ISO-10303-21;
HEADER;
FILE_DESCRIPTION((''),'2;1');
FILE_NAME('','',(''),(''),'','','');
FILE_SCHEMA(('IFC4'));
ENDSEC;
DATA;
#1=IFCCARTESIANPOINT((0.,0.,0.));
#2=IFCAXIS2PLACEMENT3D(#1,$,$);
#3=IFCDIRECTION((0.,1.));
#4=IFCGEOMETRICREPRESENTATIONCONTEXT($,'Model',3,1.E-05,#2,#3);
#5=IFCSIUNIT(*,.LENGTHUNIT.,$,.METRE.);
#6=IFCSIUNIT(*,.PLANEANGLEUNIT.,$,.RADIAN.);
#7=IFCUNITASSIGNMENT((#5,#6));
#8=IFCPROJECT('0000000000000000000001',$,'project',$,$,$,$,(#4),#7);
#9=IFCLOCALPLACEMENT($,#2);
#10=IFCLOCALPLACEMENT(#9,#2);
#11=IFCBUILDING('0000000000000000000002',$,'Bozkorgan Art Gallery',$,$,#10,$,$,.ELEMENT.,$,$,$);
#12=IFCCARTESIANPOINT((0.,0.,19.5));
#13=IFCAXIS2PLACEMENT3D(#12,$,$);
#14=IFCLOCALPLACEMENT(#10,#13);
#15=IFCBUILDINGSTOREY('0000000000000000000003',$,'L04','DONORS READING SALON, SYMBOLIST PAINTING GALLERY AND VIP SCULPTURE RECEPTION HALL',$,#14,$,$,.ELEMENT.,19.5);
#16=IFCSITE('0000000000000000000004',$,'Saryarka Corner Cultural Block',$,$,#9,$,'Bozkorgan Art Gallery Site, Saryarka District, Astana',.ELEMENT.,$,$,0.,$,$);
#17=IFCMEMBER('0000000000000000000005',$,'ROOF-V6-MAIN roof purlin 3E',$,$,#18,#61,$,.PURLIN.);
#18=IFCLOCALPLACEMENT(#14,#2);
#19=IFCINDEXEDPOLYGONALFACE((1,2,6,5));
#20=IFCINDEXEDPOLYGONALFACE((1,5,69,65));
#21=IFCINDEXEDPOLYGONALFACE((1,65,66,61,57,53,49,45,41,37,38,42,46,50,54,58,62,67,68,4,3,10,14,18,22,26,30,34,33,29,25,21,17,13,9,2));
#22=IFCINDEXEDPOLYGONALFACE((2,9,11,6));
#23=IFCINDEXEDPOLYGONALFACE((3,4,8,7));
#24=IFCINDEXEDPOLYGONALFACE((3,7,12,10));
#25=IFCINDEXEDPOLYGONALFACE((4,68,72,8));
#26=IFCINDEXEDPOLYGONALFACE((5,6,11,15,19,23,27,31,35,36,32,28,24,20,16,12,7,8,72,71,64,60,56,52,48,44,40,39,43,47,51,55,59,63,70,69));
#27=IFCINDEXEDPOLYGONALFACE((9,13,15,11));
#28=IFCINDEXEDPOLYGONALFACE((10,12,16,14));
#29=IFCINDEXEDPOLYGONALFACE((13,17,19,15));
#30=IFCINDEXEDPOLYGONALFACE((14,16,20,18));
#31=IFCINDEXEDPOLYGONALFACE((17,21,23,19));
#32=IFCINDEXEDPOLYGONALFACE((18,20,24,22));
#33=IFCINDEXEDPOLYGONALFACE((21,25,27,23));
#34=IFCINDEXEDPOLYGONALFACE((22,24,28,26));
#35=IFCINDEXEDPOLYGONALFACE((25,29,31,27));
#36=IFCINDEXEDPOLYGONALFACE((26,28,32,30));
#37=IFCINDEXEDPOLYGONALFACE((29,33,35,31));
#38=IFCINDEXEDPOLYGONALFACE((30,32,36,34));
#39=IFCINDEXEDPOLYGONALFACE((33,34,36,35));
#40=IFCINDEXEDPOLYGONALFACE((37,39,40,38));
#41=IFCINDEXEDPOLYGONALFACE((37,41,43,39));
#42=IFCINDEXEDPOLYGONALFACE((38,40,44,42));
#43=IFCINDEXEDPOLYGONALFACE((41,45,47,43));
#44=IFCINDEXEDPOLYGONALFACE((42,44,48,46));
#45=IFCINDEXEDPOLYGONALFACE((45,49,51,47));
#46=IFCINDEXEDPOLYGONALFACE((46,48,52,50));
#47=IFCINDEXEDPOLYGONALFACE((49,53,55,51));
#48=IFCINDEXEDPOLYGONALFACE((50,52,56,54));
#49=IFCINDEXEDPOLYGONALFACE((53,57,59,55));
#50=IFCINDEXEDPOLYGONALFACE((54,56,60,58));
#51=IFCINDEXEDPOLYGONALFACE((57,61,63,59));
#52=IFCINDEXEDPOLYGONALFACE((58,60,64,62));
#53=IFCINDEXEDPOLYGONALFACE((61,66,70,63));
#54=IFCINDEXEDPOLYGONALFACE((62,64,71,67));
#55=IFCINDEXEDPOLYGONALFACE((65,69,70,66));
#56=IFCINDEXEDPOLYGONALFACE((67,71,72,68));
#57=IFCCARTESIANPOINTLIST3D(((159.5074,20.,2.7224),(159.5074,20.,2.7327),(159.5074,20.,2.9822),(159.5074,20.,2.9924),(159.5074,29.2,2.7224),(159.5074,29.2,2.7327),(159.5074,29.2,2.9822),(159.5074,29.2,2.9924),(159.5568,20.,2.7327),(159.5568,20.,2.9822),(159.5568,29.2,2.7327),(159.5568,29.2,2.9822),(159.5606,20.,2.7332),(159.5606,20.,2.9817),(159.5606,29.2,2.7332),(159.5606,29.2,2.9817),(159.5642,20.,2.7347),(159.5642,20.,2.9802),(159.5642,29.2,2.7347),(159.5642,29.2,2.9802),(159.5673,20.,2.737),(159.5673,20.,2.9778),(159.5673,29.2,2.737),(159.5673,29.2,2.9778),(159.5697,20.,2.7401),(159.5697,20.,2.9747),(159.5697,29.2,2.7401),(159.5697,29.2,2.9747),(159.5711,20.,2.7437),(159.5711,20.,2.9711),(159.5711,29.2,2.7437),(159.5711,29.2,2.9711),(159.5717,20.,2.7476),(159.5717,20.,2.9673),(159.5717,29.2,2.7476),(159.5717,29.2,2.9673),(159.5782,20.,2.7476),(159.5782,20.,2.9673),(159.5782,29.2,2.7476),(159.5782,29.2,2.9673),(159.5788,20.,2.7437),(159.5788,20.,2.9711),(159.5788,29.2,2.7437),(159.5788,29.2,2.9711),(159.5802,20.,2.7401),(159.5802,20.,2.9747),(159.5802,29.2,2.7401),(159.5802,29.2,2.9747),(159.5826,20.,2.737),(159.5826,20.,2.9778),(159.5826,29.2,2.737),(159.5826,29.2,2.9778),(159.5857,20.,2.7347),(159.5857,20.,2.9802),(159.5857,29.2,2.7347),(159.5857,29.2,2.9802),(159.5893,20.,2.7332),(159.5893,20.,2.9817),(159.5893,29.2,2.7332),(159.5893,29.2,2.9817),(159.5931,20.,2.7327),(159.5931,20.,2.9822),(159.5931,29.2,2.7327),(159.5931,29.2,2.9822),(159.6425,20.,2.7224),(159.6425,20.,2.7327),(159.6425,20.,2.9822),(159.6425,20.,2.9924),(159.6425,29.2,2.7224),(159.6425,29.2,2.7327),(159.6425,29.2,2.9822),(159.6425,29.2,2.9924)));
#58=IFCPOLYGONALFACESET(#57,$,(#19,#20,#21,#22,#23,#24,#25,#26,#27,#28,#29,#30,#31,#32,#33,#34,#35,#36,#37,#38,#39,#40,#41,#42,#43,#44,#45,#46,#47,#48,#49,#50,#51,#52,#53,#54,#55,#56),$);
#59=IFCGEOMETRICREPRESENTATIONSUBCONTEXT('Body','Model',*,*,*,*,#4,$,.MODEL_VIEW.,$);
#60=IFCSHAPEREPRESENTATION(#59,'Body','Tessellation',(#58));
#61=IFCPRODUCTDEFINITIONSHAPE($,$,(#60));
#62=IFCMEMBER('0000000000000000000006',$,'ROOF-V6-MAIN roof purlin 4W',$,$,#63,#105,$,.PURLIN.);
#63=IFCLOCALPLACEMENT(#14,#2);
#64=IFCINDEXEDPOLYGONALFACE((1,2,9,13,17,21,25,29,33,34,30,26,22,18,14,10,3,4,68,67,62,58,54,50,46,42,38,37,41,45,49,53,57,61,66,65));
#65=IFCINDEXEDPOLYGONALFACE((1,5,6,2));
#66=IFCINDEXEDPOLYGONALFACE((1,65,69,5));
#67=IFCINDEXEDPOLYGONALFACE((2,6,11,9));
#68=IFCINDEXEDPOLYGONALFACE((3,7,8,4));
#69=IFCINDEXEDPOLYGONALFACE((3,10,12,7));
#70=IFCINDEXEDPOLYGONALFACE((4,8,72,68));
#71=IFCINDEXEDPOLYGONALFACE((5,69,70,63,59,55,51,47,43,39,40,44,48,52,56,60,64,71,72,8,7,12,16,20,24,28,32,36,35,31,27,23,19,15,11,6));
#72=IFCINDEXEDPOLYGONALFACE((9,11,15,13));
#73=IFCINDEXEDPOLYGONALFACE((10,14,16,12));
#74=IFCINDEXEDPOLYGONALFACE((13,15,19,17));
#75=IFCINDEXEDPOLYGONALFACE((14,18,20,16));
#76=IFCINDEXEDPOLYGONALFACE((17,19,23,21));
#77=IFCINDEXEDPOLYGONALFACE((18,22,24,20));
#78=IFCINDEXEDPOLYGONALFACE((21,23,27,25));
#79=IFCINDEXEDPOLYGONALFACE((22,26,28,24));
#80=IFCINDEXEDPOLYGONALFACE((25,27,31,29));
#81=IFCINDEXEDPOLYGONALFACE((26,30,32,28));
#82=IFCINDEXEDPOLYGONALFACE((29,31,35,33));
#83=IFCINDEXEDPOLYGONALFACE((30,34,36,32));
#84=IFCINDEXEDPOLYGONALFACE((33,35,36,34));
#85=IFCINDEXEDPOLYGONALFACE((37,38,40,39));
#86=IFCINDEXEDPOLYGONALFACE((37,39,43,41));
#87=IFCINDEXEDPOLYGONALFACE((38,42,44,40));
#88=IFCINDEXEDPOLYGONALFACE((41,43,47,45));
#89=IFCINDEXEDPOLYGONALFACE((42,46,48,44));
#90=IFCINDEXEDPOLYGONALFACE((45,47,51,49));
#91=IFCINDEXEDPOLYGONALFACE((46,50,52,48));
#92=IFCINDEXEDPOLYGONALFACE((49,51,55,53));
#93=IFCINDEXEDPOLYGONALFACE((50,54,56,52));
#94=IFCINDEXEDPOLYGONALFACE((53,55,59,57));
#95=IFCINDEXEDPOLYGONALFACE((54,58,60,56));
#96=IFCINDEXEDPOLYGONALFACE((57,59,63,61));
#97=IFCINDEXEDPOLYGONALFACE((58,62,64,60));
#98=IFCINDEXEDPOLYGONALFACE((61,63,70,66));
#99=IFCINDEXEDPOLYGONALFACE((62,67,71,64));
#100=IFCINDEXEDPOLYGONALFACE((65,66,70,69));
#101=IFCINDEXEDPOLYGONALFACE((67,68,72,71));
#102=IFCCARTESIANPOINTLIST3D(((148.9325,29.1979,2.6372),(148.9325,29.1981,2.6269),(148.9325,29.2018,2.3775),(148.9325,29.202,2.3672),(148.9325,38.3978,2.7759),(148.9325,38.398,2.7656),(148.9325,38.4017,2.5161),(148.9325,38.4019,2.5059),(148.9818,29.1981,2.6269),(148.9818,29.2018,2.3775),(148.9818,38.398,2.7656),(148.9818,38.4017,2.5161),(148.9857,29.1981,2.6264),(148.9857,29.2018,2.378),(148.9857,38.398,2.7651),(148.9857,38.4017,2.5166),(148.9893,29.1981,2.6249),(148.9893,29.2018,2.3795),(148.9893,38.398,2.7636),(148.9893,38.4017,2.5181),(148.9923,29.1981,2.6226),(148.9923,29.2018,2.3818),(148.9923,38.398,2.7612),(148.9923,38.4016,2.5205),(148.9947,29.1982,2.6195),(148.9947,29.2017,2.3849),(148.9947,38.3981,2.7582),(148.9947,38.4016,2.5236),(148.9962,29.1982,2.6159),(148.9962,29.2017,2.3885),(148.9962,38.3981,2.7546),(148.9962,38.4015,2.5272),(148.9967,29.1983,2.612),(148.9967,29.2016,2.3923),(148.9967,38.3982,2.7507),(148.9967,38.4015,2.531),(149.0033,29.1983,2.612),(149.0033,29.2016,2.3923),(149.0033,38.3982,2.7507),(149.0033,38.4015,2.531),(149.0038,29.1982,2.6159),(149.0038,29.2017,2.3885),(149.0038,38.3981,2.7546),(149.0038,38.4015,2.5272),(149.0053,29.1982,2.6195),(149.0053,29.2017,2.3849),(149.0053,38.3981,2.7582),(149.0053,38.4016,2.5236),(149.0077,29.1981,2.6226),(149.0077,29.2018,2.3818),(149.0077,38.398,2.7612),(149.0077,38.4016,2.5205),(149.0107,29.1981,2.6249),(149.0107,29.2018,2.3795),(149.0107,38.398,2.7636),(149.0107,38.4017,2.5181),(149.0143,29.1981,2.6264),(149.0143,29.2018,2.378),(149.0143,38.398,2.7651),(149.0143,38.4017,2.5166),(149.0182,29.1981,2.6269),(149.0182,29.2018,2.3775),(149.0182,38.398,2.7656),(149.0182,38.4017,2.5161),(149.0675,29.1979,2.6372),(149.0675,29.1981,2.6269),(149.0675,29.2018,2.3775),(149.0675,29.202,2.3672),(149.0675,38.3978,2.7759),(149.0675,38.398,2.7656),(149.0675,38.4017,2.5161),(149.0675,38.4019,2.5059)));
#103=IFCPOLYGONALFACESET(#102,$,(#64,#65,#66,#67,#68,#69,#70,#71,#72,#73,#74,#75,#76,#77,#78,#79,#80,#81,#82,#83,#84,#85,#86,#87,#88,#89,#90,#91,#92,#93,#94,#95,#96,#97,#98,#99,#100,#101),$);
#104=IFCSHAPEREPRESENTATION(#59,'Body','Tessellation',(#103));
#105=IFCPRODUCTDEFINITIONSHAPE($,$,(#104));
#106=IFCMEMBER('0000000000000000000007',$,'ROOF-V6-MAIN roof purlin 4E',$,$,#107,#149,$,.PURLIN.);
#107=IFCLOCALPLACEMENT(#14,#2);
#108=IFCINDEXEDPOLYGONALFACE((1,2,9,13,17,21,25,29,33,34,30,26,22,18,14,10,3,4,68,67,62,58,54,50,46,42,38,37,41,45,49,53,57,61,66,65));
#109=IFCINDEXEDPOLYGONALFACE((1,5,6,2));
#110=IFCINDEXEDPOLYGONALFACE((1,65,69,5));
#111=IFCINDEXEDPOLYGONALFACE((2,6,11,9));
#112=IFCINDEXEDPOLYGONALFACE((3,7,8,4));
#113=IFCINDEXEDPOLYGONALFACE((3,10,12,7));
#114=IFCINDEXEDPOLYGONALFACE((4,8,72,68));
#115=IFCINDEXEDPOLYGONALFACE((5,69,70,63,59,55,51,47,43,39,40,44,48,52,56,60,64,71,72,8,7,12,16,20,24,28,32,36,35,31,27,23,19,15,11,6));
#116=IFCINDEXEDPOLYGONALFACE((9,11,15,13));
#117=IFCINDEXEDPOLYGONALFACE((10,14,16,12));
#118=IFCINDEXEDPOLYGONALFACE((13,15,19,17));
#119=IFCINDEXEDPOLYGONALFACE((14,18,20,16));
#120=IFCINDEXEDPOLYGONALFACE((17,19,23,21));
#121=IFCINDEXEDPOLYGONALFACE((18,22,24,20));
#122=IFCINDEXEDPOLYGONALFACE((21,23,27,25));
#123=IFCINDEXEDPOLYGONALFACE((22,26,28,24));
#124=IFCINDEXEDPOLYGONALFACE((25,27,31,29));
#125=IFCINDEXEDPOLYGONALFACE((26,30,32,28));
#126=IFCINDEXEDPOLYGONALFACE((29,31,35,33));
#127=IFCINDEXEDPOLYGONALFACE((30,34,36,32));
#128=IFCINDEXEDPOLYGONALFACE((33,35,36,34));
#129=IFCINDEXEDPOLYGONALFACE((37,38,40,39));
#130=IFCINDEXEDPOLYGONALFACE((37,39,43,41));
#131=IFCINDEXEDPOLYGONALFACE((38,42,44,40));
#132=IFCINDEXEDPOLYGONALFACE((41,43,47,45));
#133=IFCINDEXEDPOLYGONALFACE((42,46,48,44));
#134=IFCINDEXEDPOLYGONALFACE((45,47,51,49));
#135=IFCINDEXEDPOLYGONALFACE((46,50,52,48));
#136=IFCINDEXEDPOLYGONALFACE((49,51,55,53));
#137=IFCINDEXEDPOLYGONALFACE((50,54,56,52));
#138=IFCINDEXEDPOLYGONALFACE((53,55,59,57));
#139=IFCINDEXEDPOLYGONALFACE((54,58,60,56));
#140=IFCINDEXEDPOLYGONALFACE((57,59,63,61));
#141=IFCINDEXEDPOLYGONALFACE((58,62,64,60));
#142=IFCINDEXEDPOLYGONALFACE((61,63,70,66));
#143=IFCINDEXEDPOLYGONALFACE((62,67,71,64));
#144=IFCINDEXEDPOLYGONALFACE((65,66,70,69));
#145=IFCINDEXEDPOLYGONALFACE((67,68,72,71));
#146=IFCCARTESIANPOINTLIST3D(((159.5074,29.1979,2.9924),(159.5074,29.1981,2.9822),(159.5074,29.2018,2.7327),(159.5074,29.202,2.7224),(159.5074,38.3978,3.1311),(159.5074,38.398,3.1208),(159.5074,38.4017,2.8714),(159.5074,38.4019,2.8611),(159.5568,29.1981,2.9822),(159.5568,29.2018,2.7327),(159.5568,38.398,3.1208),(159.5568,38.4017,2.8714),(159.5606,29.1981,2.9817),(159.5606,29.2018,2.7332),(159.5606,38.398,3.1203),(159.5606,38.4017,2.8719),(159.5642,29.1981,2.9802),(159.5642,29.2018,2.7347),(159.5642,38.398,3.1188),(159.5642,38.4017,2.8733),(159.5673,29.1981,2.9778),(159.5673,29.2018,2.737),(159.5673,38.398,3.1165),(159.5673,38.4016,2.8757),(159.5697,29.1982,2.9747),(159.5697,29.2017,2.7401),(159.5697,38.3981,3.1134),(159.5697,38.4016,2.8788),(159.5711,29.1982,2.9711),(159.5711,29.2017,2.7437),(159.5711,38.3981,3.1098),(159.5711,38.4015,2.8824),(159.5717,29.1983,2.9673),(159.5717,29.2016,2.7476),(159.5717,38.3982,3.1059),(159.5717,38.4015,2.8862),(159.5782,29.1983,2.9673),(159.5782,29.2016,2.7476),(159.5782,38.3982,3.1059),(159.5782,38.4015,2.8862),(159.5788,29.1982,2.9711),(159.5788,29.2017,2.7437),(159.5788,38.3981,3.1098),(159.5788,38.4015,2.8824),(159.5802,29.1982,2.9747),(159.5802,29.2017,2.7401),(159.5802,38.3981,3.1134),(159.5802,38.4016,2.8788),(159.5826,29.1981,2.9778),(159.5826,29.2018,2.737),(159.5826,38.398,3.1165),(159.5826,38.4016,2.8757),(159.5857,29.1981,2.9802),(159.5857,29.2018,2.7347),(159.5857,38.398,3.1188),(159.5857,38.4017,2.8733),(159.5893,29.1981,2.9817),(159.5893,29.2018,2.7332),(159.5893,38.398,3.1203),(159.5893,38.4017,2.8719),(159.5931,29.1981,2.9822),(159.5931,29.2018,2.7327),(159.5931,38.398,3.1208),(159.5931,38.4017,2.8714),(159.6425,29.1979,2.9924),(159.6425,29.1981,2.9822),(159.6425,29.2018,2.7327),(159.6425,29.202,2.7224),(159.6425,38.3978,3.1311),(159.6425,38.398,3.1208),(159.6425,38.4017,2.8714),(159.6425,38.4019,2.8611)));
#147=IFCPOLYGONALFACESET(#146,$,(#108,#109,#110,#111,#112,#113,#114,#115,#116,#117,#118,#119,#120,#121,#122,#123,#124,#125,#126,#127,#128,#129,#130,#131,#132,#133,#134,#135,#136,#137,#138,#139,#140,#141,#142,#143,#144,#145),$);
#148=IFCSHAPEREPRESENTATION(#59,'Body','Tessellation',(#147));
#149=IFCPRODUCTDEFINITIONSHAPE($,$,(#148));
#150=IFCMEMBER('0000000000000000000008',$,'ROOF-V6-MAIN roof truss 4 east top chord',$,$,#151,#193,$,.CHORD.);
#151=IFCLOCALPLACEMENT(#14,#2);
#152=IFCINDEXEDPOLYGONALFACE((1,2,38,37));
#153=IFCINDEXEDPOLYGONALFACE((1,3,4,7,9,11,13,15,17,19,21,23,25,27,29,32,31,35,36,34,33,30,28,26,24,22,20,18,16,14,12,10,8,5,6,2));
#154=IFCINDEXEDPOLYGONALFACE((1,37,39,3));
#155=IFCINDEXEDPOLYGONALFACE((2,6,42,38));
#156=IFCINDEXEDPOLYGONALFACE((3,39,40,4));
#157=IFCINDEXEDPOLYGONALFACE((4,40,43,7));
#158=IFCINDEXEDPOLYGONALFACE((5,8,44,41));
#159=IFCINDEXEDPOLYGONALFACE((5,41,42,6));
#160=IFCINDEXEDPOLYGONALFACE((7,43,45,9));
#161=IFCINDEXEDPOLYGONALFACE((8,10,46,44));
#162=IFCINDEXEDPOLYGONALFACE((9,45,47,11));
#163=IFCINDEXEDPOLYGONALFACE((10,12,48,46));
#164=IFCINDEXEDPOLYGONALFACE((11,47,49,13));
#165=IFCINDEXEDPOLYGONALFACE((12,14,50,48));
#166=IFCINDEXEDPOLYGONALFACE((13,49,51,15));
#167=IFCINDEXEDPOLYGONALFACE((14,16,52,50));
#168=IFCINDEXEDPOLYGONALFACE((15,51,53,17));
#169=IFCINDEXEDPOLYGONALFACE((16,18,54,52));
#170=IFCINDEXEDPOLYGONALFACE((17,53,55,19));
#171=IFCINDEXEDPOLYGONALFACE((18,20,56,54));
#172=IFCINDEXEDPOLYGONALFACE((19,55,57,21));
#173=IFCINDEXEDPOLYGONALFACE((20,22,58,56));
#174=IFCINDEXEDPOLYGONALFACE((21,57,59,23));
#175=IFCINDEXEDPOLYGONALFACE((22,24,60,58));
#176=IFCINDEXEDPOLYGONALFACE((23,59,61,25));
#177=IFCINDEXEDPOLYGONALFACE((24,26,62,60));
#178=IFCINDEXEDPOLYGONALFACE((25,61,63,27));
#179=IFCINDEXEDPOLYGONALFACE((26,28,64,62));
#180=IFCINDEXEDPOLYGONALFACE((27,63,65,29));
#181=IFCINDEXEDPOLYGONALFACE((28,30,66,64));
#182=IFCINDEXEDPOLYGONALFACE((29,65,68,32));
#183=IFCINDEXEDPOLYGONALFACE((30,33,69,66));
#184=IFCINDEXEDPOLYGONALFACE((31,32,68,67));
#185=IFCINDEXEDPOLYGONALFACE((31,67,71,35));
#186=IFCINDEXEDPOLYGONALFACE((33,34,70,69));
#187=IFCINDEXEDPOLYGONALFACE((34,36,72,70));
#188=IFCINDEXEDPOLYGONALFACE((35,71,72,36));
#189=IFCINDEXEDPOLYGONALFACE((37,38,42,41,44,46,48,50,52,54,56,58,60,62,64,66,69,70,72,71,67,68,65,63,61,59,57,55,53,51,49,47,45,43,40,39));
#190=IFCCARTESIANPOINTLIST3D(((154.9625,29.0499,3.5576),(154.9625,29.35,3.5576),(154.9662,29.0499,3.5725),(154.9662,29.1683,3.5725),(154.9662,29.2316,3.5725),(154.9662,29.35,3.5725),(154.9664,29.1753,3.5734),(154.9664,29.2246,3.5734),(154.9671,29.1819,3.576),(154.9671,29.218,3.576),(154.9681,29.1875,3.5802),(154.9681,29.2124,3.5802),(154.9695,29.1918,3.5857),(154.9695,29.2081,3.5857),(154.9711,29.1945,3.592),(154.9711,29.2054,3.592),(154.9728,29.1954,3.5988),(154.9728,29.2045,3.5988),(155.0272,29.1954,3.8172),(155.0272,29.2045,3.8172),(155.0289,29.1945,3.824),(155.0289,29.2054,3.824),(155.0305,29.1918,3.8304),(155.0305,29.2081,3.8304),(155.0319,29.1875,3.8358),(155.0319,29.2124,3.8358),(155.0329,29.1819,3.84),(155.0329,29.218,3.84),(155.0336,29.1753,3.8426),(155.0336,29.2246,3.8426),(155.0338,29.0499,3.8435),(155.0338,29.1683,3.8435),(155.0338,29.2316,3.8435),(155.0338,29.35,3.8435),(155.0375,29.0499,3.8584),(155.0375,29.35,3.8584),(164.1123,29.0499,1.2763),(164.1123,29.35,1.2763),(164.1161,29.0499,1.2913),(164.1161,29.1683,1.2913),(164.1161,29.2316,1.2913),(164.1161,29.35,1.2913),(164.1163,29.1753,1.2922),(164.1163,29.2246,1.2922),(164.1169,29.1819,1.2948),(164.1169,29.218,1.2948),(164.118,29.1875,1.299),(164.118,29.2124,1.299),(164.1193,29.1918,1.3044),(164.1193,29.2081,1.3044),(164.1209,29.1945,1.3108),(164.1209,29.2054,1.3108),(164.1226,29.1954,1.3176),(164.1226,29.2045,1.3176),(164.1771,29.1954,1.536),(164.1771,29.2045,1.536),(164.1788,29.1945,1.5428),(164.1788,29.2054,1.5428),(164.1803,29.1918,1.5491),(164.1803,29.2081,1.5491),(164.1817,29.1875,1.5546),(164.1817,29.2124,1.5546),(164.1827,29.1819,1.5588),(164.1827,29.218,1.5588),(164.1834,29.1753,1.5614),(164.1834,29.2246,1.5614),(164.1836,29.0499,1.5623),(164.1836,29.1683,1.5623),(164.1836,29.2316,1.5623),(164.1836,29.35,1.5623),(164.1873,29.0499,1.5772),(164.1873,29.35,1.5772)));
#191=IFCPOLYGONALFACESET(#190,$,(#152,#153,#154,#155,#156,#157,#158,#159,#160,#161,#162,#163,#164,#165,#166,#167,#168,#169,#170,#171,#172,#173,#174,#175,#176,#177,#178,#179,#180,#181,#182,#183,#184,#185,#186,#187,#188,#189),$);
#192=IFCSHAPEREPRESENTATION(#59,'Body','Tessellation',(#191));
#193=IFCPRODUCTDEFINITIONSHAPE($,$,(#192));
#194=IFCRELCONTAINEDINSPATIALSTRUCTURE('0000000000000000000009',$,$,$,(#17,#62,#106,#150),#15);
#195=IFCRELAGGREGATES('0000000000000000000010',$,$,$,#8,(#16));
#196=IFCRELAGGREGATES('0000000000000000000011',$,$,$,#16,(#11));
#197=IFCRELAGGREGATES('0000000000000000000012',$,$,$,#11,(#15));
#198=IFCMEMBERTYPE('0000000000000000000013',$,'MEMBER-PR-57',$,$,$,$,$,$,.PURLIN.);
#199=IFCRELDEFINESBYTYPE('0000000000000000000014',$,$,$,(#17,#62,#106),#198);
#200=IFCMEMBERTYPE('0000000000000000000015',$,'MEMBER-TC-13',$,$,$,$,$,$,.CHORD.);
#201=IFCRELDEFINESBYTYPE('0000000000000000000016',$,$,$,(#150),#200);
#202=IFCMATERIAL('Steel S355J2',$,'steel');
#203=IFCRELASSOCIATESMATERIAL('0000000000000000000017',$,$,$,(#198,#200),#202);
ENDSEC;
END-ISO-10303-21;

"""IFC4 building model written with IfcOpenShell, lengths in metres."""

from ifc_helpers import new_model, si_unit, direction, frame, origin, origin_2d, place, context, subcontext, project, spatial, i_section, extrude, material, material_profile, profile_set, type_object, element, save


model = new_model("IFC4")

# Units and contexts
model_context = context("Model", 3, precision=1e-05, world=origin(), true_north=direction((0.0, 1.0)))
body_context = subcontext(model_context, "Body", "Model", "MODEL_VIEW")
ifc_project = project(units=[si_unit("LENGTHUNIT", "METRE"), si_unit("PLANEANGLEUNIT", "RADIAN")], contexts=[model_context])

# Site, building, storey
site_placement = place(None, origin())
site = spatial("IfcSite", under=ifc_project, at=site_placement, Name="Saryarka Corner Cultural Block", LongName="Bozkorgan Art Gallery Site, Saryarka District, Astana", CompositionType="ELEMENT", RefElevation=0.0)
building_placement = place(site_placement, origin())
building = spatial("IfcBuilding", under=site, at=building_placement, Name="Bozkorgan Art Gallery", CompositionType="ELEMENT")
storey_placement = place(building_placement, frame((0.0, 0.0, 19.5)))
storey = spatial("IfcBuildingStorey", under=building, at=storey_placement, Name="L04", Description="DONORS READING SALON, SYMBOLIST PAINTING GALLERY AND VIP SCULPTURE RECEPTION HALL", CompositionType="ELEMENT", Elevation=19.5)

# Members
ifc_material_1 = material(Name="Steel S355J2", Category="steel")
ifc_material_profile_1 = material_profile(ifc_material_1, i_section(OverallWidth=0.135, OverallDepth=0.27, WebThickness=0.0066, FlangeThickness=0.0103, FilletRadius=0.0149, at=origin_2d()), Name="IPE 270")
ifc_profile_set_1 = profile_set([ifc_material_profile_1], Name="Steel S355J2")
member_type_1 = type_object("IfcMemberType", Name="MEMBER-PR-57", PredefinedType="PURLIN", material=ifc_profile_set_1)
member_1_placement = place(storey_placement, frame((159.575, 20.0, 2.8574), z_axis=(0.0, 1.0, 0.0), x_axis=(-1.0, 0.0, 0.0)))
element("IfcMember", 1, at=member_1_placement, inside=storey, type_object=member_type_1, Name="ROOF-V6-MAIN roof purlin 3E", PredefinedType="PURLIN", context=body_context, shape_type="SweptSolid", body=[
    extrude(i_section(OverallWidth=0.135, OverallDepth=0.27, WebThickness=0.0066, FlangeThickness=0.0103, FilletRadius=0.0149, at=origin_2d()), origin(), (0.0, 0.0, 1.0), 9.2),
])
for number, where, z_axis, x_axis, name in (
    (2, (149.0, 29.2, 2.5022), (0.0, 0.999886, 0.015071), (-1.0, 0.0, 0.0), "ROOF-V6-MAIN roof purlin 4W"),
    (3, (159.575, 29.2, 2.8574), (0.0, 0.999886, 0.015071), (-1.0, 0.0, 0.0), "ROOF-V6-MAIN roof purlin 4E"),
):
    element("IfcMember", number, at=place(storey_placement, frame(where, z_axis=z_axis, x_axis=x_axis)), inside=storey, type_object=member_type_1, Name=name, PredefinedType="PURLIN", context=body_context, shape_type="SweptSolid", body=[
        extrude(i_section(OverallWidth=0.135, OverallDepth=0.27, WebThickness=0.0066, FlangeThickness=0.0103, FilletRadius=0.0149, at=origin_2d()), origin(), (0.0, 0.0, 1.0), 9.2009),
    ])
ifc_material_profile_2 = material_profile(ifc_material_1, i_section(OverallWidth=0.3, OverallDepth=0.3101, WebThickness=0.009, FlangeThickness=0.0154, FilletRadius=0.0271, at=origin_2d()), Name="HEA 320")
ifc_profile_set_2 = profile_set([ifc_material_profile_2], Name="Steel S355J2")
member_type_2 = type_object("IfcMemberType", Name="MEMBER-TC-13", PredefinedType="CHORD", material=ifc_profile_set_2)
member_2_placement = place(storey_placement, frame((155.0, 29.2, 3.708), z_axis=(0.970298, 0.0, -0.241914), x_axis=(0.0, 1.0, 0.0)))
element("IfcMember", 4, at=member_2_placement, inside=storey, type_object=member_type_2, Name="ROOF-V6-MAIN roof truss 4 east top chord", PredefinedType="CHORD", context=body_context, shape_type="SweptSolid", body=[
    extrude(i_section(OverallWidth=0.3, OverallDepth=0.3101, WebThickness=0.009, FlangeThickness=0.0154, FilletRadius=0.0271, at=origin_2d()), origin(), (0.0, 0.0, 1.0), 9.4299),
])

save(model, "model.ifc")
